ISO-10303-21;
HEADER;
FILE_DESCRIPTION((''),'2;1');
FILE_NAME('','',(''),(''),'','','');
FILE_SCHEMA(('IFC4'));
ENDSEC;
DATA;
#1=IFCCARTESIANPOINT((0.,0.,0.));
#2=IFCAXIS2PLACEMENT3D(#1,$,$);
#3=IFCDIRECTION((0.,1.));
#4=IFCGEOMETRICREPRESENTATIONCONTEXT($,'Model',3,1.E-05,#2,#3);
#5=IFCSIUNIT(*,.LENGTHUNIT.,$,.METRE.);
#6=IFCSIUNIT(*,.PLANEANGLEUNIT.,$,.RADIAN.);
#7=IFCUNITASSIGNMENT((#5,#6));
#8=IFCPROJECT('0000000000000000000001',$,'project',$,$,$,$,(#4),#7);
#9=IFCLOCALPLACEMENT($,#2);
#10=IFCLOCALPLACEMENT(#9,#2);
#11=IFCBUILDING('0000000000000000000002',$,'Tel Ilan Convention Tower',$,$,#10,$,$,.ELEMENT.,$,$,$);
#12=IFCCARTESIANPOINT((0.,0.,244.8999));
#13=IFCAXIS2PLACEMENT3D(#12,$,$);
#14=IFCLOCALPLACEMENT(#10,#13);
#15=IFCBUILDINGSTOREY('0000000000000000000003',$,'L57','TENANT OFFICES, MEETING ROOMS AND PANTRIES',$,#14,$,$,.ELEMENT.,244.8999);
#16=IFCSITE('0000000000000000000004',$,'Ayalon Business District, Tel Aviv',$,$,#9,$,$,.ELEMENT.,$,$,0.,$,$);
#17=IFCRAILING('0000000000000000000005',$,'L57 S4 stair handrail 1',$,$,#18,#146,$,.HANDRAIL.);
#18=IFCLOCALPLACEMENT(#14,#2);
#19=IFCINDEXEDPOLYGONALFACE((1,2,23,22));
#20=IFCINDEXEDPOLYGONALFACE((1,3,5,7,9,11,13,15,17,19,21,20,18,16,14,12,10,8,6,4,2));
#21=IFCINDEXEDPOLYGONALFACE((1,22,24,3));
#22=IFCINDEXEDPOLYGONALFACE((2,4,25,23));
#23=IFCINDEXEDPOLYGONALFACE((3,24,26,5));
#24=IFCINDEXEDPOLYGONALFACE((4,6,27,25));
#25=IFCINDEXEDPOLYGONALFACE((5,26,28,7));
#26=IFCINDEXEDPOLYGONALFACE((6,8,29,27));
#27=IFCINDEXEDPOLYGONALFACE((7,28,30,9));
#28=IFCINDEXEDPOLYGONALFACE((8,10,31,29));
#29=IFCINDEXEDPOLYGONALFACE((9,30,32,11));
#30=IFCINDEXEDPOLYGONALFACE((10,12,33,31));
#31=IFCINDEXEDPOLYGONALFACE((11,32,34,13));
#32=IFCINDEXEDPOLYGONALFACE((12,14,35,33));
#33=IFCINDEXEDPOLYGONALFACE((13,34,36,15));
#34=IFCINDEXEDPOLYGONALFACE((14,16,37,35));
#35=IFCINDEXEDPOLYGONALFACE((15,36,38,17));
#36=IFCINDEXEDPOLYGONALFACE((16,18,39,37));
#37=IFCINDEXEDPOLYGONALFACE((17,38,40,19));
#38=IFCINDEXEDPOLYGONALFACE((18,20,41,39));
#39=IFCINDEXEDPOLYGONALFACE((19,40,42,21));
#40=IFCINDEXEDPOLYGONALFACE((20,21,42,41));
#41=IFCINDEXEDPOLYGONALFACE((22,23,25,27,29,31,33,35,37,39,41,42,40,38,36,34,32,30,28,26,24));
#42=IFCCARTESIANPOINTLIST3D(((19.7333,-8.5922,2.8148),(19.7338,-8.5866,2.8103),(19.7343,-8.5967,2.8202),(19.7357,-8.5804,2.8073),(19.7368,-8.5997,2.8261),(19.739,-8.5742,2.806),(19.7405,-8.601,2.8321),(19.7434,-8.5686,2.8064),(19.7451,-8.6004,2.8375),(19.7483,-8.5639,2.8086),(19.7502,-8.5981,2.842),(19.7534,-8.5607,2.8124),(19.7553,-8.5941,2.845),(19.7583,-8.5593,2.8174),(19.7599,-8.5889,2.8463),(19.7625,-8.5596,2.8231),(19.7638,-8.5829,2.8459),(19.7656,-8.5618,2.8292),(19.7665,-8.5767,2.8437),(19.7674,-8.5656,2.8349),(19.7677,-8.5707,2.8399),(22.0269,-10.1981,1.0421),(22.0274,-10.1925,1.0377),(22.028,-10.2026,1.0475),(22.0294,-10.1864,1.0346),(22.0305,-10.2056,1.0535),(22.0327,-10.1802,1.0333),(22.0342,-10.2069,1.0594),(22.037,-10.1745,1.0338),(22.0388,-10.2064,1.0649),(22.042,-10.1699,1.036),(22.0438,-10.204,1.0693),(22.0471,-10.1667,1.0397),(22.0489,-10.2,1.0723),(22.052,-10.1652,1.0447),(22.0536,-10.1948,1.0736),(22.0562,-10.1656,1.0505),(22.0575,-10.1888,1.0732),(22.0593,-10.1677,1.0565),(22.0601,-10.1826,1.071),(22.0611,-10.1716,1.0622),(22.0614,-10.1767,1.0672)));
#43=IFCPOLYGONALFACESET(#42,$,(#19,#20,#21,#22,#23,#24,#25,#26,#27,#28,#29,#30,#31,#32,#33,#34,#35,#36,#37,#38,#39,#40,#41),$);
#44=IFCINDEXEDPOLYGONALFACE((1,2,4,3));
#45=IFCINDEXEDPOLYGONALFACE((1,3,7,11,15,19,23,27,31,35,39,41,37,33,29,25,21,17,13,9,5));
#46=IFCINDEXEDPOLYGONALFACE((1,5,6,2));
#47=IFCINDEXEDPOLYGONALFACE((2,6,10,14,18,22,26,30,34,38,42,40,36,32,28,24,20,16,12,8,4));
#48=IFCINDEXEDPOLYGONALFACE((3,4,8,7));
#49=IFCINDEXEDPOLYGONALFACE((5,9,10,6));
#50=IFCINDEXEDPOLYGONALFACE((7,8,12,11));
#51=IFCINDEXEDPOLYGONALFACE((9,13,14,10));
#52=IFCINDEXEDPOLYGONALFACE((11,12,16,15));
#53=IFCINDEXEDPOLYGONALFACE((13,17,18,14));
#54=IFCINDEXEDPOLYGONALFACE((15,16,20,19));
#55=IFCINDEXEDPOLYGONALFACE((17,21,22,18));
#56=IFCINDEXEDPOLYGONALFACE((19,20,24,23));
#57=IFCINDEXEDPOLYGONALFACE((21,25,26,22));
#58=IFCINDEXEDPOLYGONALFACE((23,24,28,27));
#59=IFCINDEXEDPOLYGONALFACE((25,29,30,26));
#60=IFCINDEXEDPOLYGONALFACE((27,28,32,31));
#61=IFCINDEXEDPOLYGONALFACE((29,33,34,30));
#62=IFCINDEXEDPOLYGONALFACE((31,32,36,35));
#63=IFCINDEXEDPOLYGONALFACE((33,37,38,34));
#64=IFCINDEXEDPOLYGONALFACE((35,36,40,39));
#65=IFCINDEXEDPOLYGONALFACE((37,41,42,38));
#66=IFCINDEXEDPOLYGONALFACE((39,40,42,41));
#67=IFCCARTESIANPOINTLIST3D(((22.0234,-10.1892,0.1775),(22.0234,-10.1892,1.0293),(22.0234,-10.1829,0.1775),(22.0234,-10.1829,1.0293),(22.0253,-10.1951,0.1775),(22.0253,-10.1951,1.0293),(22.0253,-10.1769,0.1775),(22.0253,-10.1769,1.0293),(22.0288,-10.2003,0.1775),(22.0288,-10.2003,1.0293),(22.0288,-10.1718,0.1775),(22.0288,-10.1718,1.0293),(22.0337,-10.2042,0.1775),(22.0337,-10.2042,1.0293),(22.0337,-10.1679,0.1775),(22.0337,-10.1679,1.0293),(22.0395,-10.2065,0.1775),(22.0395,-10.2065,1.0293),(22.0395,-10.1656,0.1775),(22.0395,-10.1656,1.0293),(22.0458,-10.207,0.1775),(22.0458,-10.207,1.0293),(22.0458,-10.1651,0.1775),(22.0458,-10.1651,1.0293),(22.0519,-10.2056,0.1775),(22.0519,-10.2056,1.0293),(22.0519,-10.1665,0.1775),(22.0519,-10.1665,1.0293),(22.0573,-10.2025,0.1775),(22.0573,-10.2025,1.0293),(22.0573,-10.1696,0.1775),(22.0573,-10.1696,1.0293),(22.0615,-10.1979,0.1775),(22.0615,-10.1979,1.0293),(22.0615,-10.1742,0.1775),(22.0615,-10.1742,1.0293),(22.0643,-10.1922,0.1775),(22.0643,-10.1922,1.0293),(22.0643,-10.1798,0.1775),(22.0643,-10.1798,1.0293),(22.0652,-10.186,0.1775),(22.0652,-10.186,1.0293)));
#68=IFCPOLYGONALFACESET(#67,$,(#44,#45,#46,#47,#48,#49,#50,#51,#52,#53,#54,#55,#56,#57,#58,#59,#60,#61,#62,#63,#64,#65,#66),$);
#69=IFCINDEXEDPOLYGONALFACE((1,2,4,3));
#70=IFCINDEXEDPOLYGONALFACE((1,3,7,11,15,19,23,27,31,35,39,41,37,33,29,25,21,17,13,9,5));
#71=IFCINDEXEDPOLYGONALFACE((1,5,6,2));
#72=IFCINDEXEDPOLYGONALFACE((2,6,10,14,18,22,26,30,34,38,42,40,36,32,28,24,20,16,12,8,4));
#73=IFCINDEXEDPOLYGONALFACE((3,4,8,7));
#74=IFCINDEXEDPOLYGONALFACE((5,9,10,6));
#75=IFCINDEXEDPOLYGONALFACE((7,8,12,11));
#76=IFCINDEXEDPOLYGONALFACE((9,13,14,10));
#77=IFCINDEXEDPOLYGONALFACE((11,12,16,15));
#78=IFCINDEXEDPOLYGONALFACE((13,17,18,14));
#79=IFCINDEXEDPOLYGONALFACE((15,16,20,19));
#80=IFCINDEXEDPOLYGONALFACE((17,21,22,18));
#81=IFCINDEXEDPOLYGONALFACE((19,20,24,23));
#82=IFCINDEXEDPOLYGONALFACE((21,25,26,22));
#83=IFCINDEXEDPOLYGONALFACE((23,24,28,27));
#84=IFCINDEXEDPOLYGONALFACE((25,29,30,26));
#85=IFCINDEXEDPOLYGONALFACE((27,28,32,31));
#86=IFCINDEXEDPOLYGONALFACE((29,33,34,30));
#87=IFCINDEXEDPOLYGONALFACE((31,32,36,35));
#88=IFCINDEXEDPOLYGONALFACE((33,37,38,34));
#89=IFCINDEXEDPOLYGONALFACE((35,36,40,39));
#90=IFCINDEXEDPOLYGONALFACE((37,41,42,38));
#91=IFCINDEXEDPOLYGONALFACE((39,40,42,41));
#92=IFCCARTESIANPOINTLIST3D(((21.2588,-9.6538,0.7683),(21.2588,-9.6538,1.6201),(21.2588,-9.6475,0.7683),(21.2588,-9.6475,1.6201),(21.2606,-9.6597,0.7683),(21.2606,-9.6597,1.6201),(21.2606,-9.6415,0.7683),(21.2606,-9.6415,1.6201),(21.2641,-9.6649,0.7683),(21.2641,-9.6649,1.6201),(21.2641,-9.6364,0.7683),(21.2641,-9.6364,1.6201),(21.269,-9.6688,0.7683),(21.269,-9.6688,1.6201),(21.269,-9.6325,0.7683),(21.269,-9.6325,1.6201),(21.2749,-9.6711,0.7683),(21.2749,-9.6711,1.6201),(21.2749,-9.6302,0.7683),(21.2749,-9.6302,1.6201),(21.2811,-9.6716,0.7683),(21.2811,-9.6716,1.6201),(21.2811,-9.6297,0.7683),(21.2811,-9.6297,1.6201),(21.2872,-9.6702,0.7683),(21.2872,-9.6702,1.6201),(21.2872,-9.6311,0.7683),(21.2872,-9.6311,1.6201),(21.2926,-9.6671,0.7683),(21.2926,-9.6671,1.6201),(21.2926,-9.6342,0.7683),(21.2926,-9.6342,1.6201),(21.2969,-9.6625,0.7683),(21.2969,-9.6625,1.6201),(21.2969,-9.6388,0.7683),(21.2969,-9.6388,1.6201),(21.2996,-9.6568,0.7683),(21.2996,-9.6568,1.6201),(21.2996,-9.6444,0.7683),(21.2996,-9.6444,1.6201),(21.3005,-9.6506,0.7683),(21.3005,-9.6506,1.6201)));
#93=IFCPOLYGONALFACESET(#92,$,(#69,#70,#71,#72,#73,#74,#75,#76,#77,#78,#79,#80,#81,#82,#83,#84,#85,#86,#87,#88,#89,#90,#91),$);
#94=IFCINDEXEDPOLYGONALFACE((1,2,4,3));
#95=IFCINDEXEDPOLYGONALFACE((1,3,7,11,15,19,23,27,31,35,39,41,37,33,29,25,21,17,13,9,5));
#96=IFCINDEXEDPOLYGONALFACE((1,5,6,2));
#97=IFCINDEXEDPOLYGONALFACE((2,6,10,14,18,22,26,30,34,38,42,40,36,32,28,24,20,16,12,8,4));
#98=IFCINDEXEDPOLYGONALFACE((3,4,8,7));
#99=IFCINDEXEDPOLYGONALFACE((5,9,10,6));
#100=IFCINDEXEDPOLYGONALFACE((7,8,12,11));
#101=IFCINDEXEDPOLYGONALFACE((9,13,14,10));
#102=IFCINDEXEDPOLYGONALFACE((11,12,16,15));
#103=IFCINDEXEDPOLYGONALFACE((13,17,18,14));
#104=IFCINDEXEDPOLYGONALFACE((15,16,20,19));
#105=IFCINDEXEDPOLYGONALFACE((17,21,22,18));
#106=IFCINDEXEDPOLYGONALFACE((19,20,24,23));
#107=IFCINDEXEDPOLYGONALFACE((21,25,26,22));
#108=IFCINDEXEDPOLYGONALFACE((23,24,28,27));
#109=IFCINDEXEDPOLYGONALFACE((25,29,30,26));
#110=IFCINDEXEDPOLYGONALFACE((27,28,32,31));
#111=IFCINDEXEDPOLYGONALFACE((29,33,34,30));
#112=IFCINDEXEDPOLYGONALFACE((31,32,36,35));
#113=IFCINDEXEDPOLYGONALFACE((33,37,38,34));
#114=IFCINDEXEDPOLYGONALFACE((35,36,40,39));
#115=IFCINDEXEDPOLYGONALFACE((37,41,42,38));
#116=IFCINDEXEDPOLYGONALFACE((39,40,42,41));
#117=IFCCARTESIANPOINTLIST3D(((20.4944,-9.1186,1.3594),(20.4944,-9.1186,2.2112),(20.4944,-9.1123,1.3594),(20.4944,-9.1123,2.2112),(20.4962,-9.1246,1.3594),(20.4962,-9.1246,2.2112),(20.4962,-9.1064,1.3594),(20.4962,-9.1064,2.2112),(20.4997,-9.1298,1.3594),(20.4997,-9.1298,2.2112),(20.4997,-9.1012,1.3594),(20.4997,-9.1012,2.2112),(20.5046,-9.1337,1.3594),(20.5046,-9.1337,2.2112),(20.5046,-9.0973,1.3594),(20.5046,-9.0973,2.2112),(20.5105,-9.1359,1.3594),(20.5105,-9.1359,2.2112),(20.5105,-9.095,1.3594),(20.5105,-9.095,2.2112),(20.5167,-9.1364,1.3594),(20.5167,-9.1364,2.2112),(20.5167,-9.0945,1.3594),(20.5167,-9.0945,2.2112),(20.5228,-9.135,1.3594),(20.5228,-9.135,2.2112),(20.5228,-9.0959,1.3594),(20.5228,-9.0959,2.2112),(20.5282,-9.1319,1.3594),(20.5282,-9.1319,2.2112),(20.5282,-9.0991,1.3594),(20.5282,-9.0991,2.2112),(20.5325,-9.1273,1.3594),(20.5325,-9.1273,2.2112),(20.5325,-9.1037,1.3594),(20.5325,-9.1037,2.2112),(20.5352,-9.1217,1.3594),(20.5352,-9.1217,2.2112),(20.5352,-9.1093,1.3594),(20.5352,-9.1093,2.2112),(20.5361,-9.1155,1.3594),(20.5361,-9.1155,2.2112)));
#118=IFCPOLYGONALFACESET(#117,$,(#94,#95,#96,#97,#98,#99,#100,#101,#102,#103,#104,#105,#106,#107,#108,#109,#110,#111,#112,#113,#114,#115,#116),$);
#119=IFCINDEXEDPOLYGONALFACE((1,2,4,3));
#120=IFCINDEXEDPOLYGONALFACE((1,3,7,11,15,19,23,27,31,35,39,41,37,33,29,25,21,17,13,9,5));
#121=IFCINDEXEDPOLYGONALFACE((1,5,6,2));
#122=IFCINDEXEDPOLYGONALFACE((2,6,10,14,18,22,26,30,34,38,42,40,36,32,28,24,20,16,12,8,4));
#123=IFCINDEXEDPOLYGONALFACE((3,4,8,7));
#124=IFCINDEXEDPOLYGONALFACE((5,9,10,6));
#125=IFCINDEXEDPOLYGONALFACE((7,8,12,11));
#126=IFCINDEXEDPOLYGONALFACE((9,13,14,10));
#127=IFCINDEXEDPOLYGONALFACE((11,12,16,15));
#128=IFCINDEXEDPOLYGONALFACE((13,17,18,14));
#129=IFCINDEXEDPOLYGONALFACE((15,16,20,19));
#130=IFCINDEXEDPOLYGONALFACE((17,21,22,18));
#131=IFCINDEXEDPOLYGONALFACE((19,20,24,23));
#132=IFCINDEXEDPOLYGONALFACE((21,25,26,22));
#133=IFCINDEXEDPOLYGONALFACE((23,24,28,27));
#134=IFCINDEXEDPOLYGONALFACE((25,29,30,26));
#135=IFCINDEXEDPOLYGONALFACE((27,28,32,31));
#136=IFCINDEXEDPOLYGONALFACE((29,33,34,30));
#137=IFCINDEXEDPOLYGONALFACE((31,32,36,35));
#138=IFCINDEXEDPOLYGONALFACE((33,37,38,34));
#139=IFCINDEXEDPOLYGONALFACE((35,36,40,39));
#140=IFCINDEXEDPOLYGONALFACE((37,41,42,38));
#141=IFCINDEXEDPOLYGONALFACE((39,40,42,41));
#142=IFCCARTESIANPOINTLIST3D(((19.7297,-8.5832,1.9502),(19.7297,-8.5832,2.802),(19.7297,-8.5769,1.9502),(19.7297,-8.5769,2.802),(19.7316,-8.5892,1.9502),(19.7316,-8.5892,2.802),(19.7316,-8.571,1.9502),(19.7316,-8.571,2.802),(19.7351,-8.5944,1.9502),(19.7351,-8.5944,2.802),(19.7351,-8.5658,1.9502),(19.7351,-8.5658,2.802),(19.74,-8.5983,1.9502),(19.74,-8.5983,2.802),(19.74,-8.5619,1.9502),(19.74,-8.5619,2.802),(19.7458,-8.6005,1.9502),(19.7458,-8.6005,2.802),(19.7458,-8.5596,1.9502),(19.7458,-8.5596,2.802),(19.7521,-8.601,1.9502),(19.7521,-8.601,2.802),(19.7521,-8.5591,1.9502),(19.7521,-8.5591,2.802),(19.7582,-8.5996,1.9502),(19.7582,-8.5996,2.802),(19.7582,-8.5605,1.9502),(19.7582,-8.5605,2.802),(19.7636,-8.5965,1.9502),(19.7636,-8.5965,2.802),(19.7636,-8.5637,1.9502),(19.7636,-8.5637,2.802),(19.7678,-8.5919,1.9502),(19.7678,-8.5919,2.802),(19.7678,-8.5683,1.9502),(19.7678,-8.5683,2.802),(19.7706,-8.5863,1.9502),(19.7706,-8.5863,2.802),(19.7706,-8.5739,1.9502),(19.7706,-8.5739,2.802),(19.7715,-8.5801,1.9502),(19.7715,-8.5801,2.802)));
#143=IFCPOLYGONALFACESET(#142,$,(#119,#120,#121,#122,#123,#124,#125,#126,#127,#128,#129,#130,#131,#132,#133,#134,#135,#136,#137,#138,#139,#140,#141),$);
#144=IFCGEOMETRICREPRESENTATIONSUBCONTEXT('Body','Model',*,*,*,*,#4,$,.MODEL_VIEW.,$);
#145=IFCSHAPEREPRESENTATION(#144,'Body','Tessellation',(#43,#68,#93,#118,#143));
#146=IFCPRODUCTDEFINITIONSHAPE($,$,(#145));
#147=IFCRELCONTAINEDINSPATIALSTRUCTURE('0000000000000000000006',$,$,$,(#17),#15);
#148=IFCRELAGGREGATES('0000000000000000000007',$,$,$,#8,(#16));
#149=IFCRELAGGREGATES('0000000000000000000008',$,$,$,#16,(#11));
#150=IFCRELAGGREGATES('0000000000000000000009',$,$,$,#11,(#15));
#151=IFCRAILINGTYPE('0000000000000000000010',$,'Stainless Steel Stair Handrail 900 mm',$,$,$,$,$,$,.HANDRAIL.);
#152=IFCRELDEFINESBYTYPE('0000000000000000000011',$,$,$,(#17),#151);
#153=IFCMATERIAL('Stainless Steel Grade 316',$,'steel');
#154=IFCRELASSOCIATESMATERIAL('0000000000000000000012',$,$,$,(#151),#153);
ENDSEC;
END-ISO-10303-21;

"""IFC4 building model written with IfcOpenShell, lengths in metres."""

from ifc_helpers import new_model, si_unit, direction, frame, origin, origin_2d, place, context, subcontext, project, spatial, circle, extrude, material, type_object, element, save


model = new_model("IFC4")

# Units and contexts
model_context = context("Model", 3, precision=1e-05, world=origin(), true_north=direction((0.0, 1.0)))
body_context = subcontext(model_context, "Body", "Model", "MODEL_VIEW")
ifc_project = project(units=[si_unit("LENGTHUNIT", "METRE"), si_unit("PLANEANGLEUNIT", "RADIAN")], contexts=[model_context])

# Site, building, storey
site_placement = place(None, origin())
site = spatial("IfcSite", under=ifc_project, at=site_placement, Name="Ayalon Business District, Tel Aviv", CompositionType="ELEMENT", RefElevation=0.0)
building_placement = place(site_placement, origin())
building = spatial("IfcBuilding", under=site, at=building_placement, Name="Tel Ilan Convention Tower", CompositionType="ELEMENT")
storey_placement = place(building_placement, frame((0.0, 0.0, 244.8999)))
storey = spatial("IfcBuildingStorey", under=building, at=storey_placement, Name="L57", Description="TENANT OFFICES, MEETING ROOMS AND PANTRIES", CompositionType="ELEMENT", Elevation=244.8999)

# Railing
ifc_material_1 = material(Name="Stainless Steel Grade 316", Category="steel")
railing_type_1 = type_object("IfcRailingType", Name="Stainless Steel Stair Handrail 900 mm", PredefinedType="HANDRAIL", material=ifc_material_1)
railing_1_placement = place(storey_placement, frame((22.0442, -10.186, 0.1775)))
element("IfcRailing", 1, at=railing_1_placement, inside=storey, type_object=railing_type_1, Name="L57 S4 stair handrail 1", PredefinedType="HANDRAIL", context=body_context, shape_type="SweptSolid", body=[
    extrude(circle(Radius=0.0239, at=origin_2d()), frame((0.0, 0.0, 0.876), z_axis=(-0.692123, 0.484597, 0.534913), x_axis=(-0.57355, -0.81917, 0.0)), (0.0, 0.0, 1.0), 3.314),
    extrude(circle(Radius=0.021, at=origin_2d()), origin(), (0.0, 0.0, 1.0), 0.8518),
    extrude(circle(Radius=0.021, at=origin_2d()), frame((-0.7646, 0.5354, 0.5908)), (0.0, 0.0, 1.0), 0.8518),
    extrude(circle(Radius=0.021, at=origin_2d()), frame((-1.5291, 1.0706, 1.1819)), (0.0, 0.0, 1.0), 0.8518),
    extrude(circle(Radius=0.021, at=origin_2d()), frame((-2.2937, 1.606, 1.7727)), (0.0, 0.0, 1.0), 0.8518),
])

save(model, "model.ifc")
